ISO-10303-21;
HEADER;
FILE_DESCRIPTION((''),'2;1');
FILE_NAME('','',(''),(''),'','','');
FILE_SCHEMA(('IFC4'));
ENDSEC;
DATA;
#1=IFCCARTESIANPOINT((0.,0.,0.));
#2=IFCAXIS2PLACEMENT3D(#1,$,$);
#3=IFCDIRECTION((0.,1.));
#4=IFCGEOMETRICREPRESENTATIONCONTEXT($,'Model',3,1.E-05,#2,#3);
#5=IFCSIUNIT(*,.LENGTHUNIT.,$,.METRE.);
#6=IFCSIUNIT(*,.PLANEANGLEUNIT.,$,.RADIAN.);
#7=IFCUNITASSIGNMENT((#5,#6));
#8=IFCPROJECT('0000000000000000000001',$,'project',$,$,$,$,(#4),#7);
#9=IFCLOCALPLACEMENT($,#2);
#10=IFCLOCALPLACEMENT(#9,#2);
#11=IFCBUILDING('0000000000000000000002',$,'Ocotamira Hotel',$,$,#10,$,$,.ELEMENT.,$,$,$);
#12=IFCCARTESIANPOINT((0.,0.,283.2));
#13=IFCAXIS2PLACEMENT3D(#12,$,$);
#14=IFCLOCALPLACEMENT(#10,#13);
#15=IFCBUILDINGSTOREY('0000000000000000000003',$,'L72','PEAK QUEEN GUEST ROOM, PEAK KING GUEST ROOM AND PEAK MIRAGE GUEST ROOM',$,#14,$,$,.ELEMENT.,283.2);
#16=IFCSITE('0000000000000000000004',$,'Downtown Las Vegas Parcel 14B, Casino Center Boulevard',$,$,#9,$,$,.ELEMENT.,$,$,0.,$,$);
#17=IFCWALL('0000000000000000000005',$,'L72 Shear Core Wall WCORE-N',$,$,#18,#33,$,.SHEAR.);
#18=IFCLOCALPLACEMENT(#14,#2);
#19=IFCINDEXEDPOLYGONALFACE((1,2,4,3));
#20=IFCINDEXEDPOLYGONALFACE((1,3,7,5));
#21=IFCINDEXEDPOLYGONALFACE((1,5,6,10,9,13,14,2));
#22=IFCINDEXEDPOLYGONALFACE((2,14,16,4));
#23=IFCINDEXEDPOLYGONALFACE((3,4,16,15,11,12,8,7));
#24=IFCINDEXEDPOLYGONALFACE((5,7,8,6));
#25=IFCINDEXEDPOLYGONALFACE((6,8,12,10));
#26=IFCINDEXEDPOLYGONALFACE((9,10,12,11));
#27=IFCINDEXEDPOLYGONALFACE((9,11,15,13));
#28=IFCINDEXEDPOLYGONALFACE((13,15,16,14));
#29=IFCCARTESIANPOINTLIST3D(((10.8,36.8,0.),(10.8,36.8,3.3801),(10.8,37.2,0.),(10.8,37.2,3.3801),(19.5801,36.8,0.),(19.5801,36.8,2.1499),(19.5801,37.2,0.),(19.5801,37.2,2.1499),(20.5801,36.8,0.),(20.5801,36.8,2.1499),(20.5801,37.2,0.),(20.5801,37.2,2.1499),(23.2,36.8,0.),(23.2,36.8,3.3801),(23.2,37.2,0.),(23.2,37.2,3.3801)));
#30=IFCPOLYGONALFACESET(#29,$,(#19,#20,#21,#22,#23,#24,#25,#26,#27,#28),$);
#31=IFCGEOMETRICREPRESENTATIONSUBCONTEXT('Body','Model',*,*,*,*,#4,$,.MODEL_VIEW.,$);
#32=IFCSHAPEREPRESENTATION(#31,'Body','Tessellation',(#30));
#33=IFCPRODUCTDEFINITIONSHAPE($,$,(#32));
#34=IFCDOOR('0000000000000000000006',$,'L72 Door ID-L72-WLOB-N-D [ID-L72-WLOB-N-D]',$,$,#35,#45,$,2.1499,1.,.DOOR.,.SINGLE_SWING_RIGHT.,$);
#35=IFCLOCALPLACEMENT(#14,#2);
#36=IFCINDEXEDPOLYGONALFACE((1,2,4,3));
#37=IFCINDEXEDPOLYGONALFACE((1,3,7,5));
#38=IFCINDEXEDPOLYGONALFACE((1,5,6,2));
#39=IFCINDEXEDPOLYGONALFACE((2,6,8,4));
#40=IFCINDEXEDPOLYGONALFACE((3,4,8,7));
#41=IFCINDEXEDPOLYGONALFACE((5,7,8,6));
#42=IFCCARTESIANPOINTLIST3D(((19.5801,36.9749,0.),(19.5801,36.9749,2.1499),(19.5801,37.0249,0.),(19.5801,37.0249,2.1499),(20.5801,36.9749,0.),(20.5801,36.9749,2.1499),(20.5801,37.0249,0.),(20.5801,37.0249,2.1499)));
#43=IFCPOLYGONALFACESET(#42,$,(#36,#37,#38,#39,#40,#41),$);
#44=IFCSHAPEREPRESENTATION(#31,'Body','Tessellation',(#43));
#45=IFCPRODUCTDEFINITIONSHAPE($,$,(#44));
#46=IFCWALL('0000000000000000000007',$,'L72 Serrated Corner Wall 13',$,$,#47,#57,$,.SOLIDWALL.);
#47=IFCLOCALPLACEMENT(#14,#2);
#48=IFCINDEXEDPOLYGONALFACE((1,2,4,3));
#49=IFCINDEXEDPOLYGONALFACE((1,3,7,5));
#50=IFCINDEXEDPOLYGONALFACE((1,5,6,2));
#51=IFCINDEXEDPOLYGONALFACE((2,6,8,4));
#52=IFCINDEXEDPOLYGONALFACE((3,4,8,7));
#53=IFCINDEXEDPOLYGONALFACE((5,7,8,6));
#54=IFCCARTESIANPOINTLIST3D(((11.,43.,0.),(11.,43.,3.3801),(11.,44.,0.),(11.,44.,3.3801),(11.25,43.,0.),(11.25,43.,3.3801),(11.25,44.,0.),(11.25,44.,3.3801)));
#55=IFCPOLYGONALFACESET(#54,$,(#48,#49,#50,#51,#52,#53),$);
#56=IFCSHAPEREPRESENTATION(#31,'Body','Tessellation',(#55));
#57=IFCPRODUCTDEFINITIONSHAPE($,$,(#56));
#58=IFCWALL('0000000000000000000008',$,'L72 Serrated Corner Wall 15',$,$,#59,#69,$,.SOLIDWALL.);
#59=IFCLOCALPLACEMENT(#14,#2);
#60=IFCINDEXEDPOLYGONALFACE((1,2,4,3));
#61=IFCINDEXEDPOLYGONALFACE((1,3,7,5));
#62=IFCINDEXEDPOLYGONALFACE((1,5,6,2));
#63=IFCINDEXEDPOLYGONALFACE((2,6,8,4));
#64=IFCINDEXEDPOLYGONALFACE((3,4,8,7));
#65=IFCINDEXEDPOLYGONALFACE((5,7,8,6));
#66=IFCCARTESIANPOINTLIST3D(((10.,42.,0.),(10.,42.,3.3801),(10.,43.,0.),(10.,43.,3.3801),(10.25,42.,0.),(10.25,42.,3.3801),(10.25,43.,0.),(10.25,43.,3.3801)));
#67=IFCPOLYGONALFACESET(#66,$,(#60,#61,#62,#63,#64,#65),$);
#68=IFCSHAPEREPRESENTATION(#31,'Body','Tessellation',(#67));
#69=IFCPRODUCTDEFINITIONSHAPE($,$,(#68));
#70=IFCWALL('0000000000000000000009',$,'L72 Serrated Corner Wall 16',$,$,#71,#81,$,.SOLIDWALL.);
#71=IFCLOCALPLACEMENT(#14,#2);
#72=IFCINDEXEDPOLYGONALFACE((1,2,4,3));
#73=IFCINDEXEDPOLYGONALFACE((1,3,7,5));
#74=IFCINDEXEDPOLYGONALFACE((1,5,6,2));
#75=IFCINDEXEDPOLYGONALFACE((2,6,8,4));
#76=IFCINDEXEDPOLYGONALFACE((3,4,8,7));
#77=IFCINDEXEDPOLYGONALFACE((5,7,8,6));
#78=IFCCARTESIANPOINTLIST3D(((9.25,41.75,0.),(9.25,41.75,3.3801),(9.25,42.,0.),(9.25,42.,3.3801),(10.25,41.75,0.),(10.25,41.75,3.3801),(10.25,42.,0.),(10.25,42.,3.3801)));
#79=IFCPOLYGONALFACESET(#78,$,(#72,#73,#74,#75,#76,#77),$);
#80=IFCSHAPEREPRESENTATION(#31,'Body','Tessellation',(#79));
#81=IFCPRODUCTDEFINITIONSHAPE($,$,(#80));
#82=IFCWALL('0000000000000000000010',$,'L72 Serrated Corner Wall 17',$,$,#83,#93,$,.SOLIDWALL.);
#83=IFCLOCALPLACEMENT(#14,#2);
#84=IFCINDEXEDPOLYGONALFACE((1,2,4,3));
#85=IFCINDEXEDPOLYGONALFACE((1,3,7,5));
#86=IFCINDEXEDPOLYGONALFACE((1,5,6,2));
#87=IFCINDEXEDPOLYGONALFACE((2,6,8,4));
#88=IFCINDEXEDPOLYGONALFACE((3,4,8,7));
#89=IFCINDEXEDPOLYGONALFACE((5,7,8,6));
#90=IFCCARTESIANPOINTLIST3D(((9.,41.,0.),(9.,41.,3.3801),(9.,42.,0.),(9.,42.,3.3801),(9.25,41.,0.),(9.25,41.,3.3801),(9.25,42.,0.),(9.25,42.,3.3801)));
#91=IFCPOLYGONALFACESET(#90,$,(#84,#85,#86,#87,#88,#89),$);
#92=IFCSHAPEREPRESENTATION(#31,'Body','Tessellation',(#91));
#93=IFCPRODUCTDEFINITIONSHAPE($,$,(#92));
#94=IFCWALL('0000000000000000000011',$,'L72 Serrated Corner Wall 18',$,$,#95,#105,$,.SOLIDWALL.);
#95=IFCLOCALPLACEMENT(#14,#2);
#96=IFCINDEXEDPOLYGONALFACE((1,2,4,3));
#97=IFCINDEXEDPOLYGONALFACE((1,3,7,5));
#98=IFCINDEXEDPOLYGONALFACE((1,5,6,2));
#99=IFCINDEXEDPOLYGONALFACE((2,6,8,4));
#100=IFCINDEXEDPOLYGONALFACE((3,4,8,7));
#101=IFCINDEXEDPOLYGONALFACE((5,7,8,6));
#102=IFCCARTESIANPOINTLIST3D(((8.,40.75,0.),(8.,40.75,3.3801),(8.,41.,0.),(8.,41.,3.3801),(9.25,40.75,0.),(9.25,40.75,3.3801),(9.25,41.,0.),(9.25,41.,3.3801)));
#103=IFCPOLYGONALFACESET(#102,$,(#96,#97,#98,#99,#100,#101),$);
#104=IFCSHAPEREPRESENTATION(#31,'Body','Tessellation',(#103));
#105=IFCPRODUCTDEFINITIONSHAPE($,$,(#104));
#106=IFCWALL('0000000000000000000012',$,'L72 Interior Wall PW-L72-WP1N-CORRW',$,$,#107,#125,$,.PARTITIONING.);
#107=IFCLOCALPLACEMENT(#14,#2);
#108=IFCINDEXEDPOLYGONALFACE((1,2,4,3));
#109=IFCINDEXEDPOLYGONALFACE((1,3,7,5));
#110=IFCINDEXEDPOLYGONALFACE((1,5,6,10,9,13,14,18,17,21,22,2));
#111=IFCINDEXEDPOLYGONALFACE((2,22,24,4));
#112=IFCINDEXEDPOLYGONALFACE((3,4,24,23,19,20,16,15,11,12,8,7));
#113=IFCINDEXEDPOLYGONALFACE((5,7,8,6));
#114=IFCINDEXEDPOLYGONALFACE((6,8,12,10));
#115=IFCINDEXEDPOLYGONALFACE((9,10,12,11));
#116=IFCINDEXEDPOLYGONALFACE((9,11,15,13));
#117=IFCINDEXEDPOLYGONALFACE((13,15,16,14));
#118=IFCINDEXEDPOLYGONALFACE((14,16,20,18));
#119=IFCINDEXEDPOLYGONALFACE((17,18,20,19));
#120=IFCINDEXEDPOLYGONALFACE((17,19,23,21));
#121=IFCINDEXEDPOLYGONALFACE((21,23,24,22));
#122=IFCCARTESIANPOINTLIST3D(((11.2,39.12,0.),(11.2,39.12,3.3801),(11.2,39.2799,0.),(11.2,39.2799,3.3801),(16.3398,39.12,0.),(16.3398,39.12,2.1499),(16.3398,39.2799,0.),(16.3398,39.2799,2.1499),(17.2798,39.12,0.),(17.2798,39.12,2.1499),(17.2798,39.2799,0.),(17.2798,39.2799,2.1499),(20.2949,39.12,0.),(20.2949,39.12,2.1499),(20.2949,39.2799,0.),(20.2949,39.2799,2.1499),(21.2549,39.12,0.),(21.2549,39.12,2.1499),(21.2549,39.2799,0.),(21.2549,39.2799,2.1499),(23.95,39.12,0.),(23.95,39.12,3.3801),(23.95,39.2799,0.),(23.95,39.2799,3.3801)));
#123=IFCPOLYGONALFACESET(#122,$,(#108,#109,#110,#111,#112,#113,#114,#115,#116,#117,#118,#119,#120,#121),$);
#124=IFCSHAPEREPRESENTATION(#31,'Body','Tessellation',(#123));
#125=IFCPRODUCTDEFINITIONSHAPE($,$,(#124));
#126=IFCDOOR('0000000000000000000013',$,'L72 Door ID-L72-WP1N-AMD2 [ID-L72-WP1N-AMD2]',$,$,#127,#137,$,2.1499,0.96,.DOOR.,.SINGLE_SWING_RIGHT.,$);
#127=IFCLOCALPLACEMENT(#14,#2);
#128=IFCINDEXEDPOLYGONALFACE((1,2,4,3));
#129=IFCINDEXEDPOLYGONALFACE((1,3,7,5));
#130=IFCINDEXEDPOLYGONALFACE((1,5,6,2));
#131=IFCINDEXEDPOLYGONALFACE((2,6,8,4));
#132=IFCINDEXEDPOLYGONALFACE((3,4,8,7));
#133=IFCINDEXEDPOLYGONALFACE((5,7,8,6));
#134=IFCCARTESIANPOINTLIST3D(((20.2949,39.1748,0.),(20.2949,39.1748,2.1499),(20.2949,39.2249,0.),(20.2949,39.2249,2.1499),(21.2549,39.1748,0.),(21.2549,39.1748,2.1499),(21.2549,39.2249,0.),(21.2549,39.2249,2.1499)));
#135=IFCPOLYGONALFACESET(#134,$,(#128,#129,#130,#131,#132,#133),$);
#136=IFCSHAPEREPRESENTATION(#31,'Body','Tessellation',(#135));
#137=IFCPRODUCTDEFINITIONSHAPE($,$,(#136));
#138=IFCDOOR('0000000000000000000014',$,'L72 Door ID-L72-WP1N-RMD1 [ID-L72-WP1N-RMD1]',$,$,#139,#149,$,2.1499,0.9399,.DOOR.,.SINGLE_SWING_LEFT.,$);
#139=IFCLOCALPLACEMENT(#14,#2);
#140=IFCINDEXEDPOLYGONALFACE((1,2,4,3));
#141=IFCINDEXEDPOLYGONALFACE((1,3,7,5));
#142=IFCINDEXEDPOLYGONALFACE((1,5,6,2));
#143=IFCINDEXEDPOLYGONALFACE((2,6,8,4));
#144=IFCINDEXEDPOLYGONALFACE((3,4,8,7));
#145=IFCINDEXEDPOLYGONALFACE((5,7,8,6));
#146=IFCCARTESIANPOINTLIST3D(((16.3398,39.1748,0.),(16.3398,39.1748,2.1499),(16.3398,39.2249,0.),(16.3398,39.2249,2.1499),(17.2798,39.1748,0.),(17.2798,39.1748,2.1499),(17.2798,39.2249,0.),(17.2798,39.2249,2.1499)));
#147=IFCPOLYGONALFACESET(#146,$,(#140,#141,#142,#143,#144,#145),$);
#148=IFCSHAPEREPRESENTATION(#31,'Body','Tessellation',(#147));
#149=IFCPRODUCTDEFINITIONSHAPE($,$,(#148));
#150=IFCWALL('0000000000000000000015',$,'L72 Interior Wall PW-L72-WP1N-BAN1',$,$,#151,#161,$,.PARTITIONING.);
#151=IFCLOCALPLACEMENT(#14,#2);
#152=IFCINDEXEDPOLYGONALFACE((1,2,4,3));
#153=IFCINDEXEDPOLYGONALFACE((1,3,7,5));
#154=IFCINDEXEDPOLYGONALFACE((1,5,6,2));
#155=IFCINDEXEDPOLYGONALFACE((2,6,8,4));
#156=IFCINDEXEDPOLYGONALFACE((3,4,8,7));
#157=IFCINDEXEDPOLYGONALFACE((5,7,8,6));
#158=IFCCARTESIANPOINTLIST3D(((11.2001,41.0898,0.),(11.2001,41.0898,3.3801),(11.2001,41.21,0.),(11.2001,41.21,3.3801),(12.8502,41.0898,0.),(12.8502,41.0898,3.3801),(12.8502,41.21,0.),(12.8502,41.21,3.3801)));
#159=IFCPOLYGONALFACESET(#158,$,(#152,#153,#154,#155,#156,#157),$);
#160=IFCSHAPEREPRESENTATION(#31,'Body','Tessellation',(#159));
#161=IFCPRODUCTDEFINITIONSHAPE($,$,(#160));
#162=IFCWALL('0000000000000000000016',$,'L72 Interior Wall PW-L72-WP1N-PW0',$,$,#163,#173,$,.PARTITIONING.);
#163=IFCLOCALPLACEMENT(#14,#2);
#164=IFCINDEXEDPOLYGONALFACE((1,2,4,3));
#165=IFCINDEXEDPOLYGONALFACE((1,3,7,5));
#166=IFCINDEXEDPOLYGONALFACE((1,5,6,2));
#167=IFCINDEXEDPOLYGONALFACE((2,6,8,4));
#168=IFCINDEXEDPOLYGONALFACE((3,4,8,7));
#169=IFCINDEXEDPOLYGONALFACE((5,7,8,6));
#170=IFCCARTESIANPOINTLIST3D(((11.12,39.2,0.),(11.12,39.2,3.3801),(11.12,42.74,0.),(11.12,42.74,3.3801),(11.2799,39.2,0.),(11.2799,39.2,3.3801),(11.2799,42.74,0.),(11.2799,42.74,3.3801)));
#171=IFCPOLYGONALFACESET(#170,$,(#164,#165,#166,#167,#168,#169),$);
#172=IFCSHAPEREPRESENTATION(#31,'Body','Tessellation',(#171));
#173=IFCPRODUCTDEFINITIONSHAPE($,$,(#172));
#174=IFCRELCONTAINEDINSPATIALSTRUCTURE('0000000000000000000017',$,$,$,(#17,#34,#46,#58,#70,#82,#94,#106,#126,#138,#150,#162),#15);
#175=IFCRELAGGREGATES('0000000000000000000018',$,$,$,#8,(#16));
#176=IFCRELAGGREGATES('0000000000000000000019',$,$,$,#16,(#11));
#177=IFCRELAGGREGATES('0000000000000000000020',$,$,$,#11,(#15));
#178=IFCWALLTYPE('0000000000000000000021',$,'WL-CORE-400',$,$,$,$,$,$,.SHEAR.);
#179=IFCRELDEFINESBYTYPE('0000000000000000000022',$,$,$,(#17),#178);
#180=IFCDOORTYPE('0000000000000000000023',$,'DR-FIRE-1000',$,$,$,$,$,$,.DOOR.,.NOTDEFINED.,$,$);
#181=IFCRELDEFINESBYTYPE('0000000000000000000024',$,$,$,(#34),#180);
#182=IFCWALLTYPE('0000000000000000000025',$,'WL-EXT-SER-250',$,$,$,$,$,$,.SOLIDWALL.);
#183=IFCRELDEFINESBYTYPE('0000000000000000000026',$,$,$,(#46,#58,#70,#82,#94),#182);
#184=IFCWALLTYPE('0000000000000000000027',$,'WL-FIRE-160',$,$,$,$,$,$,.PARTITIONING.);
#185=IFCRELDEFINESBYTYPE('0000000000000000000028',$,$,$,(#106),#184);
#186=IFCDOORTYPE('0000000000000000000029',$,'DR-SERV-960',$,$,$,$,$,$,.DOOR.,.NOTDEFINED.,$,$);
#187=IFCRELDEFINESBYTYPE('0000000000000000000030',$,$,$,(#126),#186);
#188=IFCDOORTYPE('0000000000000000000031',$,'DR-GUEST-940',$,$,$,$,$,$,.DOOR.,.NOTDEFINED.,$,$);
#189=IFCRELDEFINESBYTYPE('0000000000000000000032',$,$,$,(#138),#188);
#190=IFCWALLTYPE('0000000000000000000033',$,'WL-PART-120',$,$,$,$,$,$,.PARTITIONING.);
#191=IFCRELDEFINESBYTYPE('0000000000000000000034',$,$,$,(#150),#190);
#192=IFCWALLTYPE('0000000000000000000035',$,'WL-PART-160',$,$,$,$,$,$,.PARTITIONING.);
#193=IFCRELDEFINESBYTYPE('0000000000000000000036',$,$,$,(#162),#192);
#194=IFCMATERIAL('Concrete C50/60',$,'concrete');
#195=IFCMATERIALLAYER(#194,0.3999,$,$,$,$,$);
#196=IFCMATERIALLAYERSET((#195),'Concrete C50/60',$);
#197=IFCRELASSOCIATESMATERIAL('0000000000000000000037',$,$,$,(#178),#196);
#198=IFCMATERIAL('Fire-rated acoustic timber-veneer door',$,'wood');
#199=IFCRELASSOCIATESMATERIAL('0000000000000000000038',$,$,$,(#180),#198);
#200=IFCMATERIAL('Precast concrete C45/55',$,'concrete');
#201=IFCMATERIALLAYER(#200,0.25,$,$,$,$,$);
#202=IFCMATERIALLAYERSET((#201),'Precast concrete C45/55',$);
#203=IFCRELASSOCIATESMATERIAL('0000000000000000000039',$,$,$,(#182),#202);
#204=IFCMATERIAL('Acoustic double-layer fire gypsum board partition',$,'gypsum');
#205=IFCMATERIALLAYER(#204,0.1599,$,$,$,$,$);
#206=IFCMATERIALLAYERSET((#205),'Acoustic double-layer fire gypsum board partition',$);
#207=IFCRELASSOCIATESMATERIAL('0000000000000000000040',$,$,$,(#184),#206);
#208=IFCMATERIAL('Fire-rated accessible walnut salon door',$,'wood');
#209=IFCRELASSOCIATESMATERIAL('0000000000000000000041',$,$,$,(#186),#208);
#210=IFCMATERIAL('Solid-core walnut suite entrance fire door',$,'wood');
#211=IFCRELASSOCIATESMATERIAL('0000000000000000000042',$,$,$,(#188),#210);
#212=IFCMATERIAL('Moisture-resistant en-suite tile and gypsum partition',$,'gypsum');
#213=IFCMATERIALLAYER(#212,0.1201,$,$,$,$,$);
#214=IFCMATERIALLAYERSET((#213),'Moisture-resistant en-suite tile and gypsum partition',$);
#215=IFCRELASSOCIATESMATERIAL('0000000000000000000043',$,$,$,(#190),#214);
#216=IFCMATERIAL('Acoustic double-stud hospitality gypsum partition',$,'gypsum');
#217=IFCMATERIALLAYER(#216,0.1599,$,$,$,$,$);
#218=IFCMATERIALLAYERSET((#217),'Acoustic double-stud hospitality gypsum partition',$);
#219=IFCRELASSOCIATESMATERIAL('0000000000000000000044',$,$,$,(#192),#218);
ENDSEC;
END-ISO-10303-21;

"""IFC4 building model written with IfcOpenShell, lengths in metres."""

from ifc_helpers import new_model, si_unit, direction, frame, frame_2d, origin, place, context, subcontext, project, spatial, rectangle, extrude, source, transform, mapped, material, layer, layer_set, type_object, element, fill, save


model = new_model("IFC4")

# Units and contexts
model_context = context("Model", 3, precision=1e-05, world=origin(), true_north=direction((0.0, 1.0)))
body_context = subcontext(model_context, "Body", "Model", "MODEL_VIEW")
ifc_project = project(units=[si_unit("LENGTHUNIT", "METRE"), si_unit("PLANEANGLEUNIT", "RADIAN")], contexts=[model_context])

# Site, building, storey
site_placement = place(None, origin())
site = spatial("IfcSite", under=ifc_project, at=site_placement, Name="Downtown Las Vegas Parcel 14B, Casino Center Boulevard", CompositionType="ELEMENT", RefElevation=0.0)
building_placement = place(site_placement, origin())
building = spatial("IfcBuilding", under=site, at=building_placement, Name="Ocotamira Hotel", CompositionType="ELEMENT")
storey_placement = place(building_placement, frame((0.0, 0.0, 283.2)))
storey = spatial("IfcBuildingStorey", under=building, at=storey_placement, Name="L72", Description="PEAK QUEEN GUEST ROOM, PEAK KING GUEST ROOM AND PEAK MIRAGE GUEST ROOM", CompositionType="ELEMENT", Elevation=283.2)

# Wall, opening, door
ifc_material_1 = material(Name="Concrete C50/60", Category="concrete")
ifc_layer_1 = layer(ifc_material_1, 0.3999)
ifc_layer_set_1 = layer_set([ifc_layer_1], Name="Concrete C50/60")
wall_type_1 = type_object("IfcWallType", Name="WL-CORE-400", PredefinedType="SHEAR", material=ifc_layer_set_1)
wall_1_placement = place(storey_placement, frame((10.8, 37.0, 0.0), z_axis=(0.0, 0.0, 1.0), x_axis=(1.0, 0.0, 0.0)))
wall_1 = element("IfcWall", 1, at=wall_1_placement, inside=storey, type_object=wall_type_1, Name="L72 Shear Core Wall WCORE-N", PredefinedType="SHEAR", context=body_context, shape_type="SweptSolid", body=[
    extrude(rectangle(XDim=12.3999, YDim=0.3999, at=frame_2d((6.2, 0.0))), origin(), (0.0, 0.0, 1.0), 3.3801),
])
opening_1_placement = place(wall_1_placement, frame((8.78, 0.0, 0.0)))
opening_1 = element("IfcOpeningElement", 2, at=opening_1_placement, cuts=wall_1, PredefinedType="OPENING", context=body_context, shape_type="SweptSolid", body=[
    extrude(rectangle(XDim=1.0, YDim=2.1499, at=frame_2d((0.5, 1.075))), frame((0.0, 0.21, 0.0), z_axis=(0.0, -1.0, 0.0), x_axis=(1.0, 0.0, 0.0)), (0.0, 0.0, 1.0), 0.4199),
])
ifc_material_2 = material(Name="Fire-rated acoustic timber-veneer door", Category="wood")
door_type_1 = type_object("IfcDoorType", Name="DR-FIRE-1000", OperationType="NOTDEFINED", PredefinedType="DOOR", material=ifc_material_2)
shared_shape_1 = source(origin(), body_context, "Body", "SweptSolid", [
    extrude(rectangle(XDim=1.0, YDim=2.1499, at=frame_2d((0.5, 1.075))), frame((0.0, 0.0249, 0.0), z_axis=(0.0, -1.0, 0.0), x_axis=(1.0, 0.0, 0.0)), (0.0, 0.0, 1.0), 0.05),
])
door_1_placement = place(opening_1_placement, origin())
door_1 = element("IfcDoor", 3, at=door_1_placement, inside=storey, type_object=door_type_1, Name="L72 Door ID-L72-WLOB-N-D [ID-L72-WLOB-N-D]", OperationType="SINGLE_SWING_RIGHT", OverallHeight=2.1499, OverallWidth=1.0, PredefinedType="DOOR", context=body_context, shape_type="MappedRepresentation", body=[
    mapped(shared_shape_1, transform((0.0, 0.0, 0.0), scale=1.0)),
])
fill(opening_1, door_1)

# Walls
ifc_material_3 = material(Name="Precast concrete C45/55", Category="concrete")
ifc_layer_2 = layer(ifc_material_3, 0.25)
ifc_layer_set_2 = layer_set([ifc_layer_2], Name="Precast concrete C45/55")
wall_type_2 = type_object("IfcWallType", Name="WL-EXT-SER-250", PredefinedType="SOLIDWALL", material=ifc_layer_set_2)
for number, where, z_axis, x_axis, name in (
    (4, (11.125, 44.0, 0.0), (0.0, 0.0, 1.0), (0.0, -1.0, 0.0), "L72 Serrated Corner Wall 13"),
    (5, (10.125, 43.0, 0.0), (0.0, 0.0, 1.0), (0.0, -1.0, 0.0), "L72 Serrated Corner Wall 15"),
    (6, (10.25, 41.875, 0.0), (0.0, 0.0, 1.0), (-1.0, 0.0, 0.0), "L72 Serrated Corner Wall 16"),
    (7, (9.125, 42.0, 0.0), (0.0, 0.0, 1.0), (0.0, -1.0, 0.0), "L72 Serrated Corner Wall 17"),
):
    element("IfcWall", number, at=place(storey_placement, frame(where, z_axis=z_axis, x_axis=x_axis)), inside=storey, type_object=wall_type_2, Name=name, PredefinedType="SOLIDWALL", context=body_context, shape_type="SweptSolid", body=[
        extrude(rectangle(XDim=1.0, YDim=0.25, at=frame_2d((0.5, 0.0))), origin(), (0.0, 0.0, 1.0), 3.3801),
    ])
wall_2_placement = place(storey_placement, frame((9.25, 40.875, 0.0), z_axis=(0.0, 0.0, 1.0), x_axis=(-1.0, 0.0, 0.0)))
element("IfcWall", 8, at=wall_2_placement, inside=storey, type_object=wall_type_2, Name="L72 Serrated Corner Wall 18", PredefinedType="SOLIDWALL", context=body_context, shape_type="SweptSolid", body=[
    extrude(rectangle(XDim=1.25, YDim=0.25, at=frame_2d((0.625, 0.0))), origin(), (0.0, 0.0, 1.0), 3.3801),
])

# Wall, openings, doors
ifc_material_4 = material(Name="Acoustic double-layer fire gypsum board partition", Category="gypsum")
ifc_layer_3 = layer(ifc_material_4, 0.1599)
ifc_layer_set_3 = layer_set([ifc_layer_3], Name="Acoustic double-layer fire gypsum board partition")
wall_type_3 = type_object("IfcWallType", Name="WL-FIRE-160", PredefinedType="PARTITIONING", material=ifc_layer_set_3)
wall_3_placement = place(storey_placement, frame((11.2, 39.2, 0.0), z_axis=(0.0, 0.0, 1.0), x_axis=(1.0, 0.0, 0.0)))
wall_3 = element("IfcWall", 9, at=wall_3_placement, inside=storey, type_object=wall_type_3, Name="L72 Interior Wall PW-L72-WP1N-CORRW", PredefinedType="PARTITIONING", context=body_context, shape_type="SweptSolid", body=[
    extrude(rectangle(XDim=12.75, YDim=0.1599, at=frame_2d((6.375, 0.0))), origin(), (0.0, 0.0, 1.0), 3.3801),
])
opening_2_placement = place(wall_3_placement, frame((5.1399, 0.0, 0.0)))
opening_2 = element("IfcOpeningElement", 10, at=opening_2_placement, cuts=wall_3, PredefinedType="OPENING", context=body_context, shape_type="SweptSolid", body=[
    extrude(rectangle(XDim=0.9399, YDim=2.1499, at=frame_2d((0.47, 1.075))), frame((0.0, 0.0898, 0.0), z_axis=(0.0, -1.0, 0.0), x_axis=(1.0, 0.0, 0.0)), (0.0, 0.0, 1.0), 0.1799),
])
opening_3_placement = place(wall_3_placement, frame((9.095, 0.0, 0.0)))
opening_3 = element("IfcOpeningElement", 11, at=opening_3_placement, cuts=wall_3, PredefinedType="OPENING", context=body_context, shape_type="SweptSolid", body=[
    extrude(rectangle(XDim=0.96, YDim=2.1499, at=frame_2d((0.48, 1.075))), frame((0.0, 0.0898, 0.0), z_axis=(0.0, -1.0, 0.0), x_axis=(1.0, 0.0, 0.0)), (0.0, 0.0, 1.0), 0.1799),
])
ifc_material_5 = material(Name="Fire-rated accessible walnut salon door", Category="wood")
door_type_2 = type_object("IfcDoorType", Name="DR-SERV-960", OperationType="NOTDEFINED", PredefinedType="DOOR", material=ifc_material_5)
shared_shape_2 = source(origin(), body_context, "Body", "SweptSolid", [
    extrude(rectangle(XDim=0.96, YDim=2.1499, at=frame_2d((0.48, 1.075))), frame((0.0, 0.0249, 0.0), z_axis=(0.0, -1.0, 0.0), x_axis=(1.0, 0.0, 0.0)), (0.0, 0.0, 1.0), 0.05),
])
door_2_placement = place(opening_3_placement, origin())
door_2 = element("IfcDoor", 12, at=door_2_placement, inside=storey, type_object=door_type_2, Name="L72 Door ID-L72-WP1N-AMD2 [ID-L72-WP1N-AMD2]", OperationType="SINGLE_SWING_RIGHT", OverallHeight=2.1499, OverallWidth=0.96, PredefinedType="DOOR", context=body_context, shape_type="MappedRepresentation", body=[
    mapped(shared_shape_2, transform((0.0, 0.0, 0.0), scale=1.0)),
])
fill(opening_3, door_2)
ifc_material_6 = material(Name="Solid-core walnut suite entrance fire door", Category="wood")
door_type_3 = type_object("IfcDoorType", Name="DR-GUEST-940", OperationType="NOTDEFINED", PredefinedType="DOOR", material=ifc_material_6)
shared_shape_3 = source(origin(), body_context, "Body", "SweptSolid", [
    extrude(rectangle(XDim=0.9399, YDim=2.1499, at=frame_2d((0.47, 1.075))), frame((0.0, 0.0249, 0.0), z_axis=(0.0, -1.0, 0.0), x_axis=(1.0, 0.0, 0.0)), (0.0, 0.0, 1.0), 0.05),
])
door_3_placement = place(opening_2_placement, origin())
door_3 = element("IfcDoor", 13, at=door_3_placement, inside=storey, type_object=door_type_3, Name="L72 Door ID-L72-WP1N-RMD1 [ID-L72-WP1N-RMD1]", OperationType="SINGLE_SWING_LEFT", OverallHeight=2.1499, OverallWidth=0.9399, PredefinedType="DOOR", context=body_context, shape_type="MappedRepresentation", body=[
    mapped(shared_shape_3, transform((0.0, 0.0, 0.0), scale=1.0)),
])
fill(opening_2, door_3)

# Wall
ifc_material_7 = material(Name="Moisture-resistant en-suite tile and gypsum partition", Category="gypsum")
ifc_layer_4 = layer(ifc_material_7, 0.1201)
ifc_layer_set_4 = layer_set([ifc_layer_4], Name="Moisture-resistant en-suite tile and gypsum partition")
wall_type_4 = type_object("IfcWallType", Name="WL-PART-120", PredefinedType="PARTITIONING", material=ifc_layer_set_4)
wall_4_placement = place(storey_placement, frame((11.2, 41.1499, 0.0), z_axis=(0.0, 0.0, 1.0), x_axis=(1.0, 0.0, 0.0)))
element("IfcWall", 14, at=wall_4_placement, inside=storey, type_object=wall_type_4, Name="L72 Interior Wall PW-L72-WP1N-BAN1", PredefinedType="PARTITIONING", context=body_context, shape_type="SweptSolid", body=[
    extrude(rectangle(XDim=1.6501, YDim=0.1201, at=frame_2d((0.8252, 0.0))), origin(), (0.0, 0.0, 1.0), 3.3801),
])

# Wall
ifc_material_8 = material(Name="Acoustic double-stud hospitality gypsum partition", Category="gypsum")
ifc_layer_5 = layer(ifc_material_8, 0.1599)
ifc_layer_set_5 = layer_set([ifc_layer_5], Name="Acoustic double-stud hospitality gypsum partition")
wall_type_5 = type_object("IfcWallType", Name="WL-PART-160", PredefinedType="PARTITIONING", material=ifc_layer_set_5)
wall_5_placement = place(storey_placement, frame((11.2, 39.2, 0.0), z_axis=(0.0, 0.0, 1.0), x_axis=(0.0, 1.0, 0.0)))
element("IfcWall", 15, at=wall_5_placement, inside=storey, type_object=wall_type_5, Name="L72 Interior Wall PW-L72-WP1N-PW0", PredefinedType="PARTITIONING", context=body_context, shape_type="SweptSolid", body=[
    extrude(rectangle(XDim=3.54, YDim=0.1599, at=frame_2d((1.77, 0.0))), origin(), (0.0, 0.0, 1.0), 3.3801),
])

save(model, "model.ifc")
